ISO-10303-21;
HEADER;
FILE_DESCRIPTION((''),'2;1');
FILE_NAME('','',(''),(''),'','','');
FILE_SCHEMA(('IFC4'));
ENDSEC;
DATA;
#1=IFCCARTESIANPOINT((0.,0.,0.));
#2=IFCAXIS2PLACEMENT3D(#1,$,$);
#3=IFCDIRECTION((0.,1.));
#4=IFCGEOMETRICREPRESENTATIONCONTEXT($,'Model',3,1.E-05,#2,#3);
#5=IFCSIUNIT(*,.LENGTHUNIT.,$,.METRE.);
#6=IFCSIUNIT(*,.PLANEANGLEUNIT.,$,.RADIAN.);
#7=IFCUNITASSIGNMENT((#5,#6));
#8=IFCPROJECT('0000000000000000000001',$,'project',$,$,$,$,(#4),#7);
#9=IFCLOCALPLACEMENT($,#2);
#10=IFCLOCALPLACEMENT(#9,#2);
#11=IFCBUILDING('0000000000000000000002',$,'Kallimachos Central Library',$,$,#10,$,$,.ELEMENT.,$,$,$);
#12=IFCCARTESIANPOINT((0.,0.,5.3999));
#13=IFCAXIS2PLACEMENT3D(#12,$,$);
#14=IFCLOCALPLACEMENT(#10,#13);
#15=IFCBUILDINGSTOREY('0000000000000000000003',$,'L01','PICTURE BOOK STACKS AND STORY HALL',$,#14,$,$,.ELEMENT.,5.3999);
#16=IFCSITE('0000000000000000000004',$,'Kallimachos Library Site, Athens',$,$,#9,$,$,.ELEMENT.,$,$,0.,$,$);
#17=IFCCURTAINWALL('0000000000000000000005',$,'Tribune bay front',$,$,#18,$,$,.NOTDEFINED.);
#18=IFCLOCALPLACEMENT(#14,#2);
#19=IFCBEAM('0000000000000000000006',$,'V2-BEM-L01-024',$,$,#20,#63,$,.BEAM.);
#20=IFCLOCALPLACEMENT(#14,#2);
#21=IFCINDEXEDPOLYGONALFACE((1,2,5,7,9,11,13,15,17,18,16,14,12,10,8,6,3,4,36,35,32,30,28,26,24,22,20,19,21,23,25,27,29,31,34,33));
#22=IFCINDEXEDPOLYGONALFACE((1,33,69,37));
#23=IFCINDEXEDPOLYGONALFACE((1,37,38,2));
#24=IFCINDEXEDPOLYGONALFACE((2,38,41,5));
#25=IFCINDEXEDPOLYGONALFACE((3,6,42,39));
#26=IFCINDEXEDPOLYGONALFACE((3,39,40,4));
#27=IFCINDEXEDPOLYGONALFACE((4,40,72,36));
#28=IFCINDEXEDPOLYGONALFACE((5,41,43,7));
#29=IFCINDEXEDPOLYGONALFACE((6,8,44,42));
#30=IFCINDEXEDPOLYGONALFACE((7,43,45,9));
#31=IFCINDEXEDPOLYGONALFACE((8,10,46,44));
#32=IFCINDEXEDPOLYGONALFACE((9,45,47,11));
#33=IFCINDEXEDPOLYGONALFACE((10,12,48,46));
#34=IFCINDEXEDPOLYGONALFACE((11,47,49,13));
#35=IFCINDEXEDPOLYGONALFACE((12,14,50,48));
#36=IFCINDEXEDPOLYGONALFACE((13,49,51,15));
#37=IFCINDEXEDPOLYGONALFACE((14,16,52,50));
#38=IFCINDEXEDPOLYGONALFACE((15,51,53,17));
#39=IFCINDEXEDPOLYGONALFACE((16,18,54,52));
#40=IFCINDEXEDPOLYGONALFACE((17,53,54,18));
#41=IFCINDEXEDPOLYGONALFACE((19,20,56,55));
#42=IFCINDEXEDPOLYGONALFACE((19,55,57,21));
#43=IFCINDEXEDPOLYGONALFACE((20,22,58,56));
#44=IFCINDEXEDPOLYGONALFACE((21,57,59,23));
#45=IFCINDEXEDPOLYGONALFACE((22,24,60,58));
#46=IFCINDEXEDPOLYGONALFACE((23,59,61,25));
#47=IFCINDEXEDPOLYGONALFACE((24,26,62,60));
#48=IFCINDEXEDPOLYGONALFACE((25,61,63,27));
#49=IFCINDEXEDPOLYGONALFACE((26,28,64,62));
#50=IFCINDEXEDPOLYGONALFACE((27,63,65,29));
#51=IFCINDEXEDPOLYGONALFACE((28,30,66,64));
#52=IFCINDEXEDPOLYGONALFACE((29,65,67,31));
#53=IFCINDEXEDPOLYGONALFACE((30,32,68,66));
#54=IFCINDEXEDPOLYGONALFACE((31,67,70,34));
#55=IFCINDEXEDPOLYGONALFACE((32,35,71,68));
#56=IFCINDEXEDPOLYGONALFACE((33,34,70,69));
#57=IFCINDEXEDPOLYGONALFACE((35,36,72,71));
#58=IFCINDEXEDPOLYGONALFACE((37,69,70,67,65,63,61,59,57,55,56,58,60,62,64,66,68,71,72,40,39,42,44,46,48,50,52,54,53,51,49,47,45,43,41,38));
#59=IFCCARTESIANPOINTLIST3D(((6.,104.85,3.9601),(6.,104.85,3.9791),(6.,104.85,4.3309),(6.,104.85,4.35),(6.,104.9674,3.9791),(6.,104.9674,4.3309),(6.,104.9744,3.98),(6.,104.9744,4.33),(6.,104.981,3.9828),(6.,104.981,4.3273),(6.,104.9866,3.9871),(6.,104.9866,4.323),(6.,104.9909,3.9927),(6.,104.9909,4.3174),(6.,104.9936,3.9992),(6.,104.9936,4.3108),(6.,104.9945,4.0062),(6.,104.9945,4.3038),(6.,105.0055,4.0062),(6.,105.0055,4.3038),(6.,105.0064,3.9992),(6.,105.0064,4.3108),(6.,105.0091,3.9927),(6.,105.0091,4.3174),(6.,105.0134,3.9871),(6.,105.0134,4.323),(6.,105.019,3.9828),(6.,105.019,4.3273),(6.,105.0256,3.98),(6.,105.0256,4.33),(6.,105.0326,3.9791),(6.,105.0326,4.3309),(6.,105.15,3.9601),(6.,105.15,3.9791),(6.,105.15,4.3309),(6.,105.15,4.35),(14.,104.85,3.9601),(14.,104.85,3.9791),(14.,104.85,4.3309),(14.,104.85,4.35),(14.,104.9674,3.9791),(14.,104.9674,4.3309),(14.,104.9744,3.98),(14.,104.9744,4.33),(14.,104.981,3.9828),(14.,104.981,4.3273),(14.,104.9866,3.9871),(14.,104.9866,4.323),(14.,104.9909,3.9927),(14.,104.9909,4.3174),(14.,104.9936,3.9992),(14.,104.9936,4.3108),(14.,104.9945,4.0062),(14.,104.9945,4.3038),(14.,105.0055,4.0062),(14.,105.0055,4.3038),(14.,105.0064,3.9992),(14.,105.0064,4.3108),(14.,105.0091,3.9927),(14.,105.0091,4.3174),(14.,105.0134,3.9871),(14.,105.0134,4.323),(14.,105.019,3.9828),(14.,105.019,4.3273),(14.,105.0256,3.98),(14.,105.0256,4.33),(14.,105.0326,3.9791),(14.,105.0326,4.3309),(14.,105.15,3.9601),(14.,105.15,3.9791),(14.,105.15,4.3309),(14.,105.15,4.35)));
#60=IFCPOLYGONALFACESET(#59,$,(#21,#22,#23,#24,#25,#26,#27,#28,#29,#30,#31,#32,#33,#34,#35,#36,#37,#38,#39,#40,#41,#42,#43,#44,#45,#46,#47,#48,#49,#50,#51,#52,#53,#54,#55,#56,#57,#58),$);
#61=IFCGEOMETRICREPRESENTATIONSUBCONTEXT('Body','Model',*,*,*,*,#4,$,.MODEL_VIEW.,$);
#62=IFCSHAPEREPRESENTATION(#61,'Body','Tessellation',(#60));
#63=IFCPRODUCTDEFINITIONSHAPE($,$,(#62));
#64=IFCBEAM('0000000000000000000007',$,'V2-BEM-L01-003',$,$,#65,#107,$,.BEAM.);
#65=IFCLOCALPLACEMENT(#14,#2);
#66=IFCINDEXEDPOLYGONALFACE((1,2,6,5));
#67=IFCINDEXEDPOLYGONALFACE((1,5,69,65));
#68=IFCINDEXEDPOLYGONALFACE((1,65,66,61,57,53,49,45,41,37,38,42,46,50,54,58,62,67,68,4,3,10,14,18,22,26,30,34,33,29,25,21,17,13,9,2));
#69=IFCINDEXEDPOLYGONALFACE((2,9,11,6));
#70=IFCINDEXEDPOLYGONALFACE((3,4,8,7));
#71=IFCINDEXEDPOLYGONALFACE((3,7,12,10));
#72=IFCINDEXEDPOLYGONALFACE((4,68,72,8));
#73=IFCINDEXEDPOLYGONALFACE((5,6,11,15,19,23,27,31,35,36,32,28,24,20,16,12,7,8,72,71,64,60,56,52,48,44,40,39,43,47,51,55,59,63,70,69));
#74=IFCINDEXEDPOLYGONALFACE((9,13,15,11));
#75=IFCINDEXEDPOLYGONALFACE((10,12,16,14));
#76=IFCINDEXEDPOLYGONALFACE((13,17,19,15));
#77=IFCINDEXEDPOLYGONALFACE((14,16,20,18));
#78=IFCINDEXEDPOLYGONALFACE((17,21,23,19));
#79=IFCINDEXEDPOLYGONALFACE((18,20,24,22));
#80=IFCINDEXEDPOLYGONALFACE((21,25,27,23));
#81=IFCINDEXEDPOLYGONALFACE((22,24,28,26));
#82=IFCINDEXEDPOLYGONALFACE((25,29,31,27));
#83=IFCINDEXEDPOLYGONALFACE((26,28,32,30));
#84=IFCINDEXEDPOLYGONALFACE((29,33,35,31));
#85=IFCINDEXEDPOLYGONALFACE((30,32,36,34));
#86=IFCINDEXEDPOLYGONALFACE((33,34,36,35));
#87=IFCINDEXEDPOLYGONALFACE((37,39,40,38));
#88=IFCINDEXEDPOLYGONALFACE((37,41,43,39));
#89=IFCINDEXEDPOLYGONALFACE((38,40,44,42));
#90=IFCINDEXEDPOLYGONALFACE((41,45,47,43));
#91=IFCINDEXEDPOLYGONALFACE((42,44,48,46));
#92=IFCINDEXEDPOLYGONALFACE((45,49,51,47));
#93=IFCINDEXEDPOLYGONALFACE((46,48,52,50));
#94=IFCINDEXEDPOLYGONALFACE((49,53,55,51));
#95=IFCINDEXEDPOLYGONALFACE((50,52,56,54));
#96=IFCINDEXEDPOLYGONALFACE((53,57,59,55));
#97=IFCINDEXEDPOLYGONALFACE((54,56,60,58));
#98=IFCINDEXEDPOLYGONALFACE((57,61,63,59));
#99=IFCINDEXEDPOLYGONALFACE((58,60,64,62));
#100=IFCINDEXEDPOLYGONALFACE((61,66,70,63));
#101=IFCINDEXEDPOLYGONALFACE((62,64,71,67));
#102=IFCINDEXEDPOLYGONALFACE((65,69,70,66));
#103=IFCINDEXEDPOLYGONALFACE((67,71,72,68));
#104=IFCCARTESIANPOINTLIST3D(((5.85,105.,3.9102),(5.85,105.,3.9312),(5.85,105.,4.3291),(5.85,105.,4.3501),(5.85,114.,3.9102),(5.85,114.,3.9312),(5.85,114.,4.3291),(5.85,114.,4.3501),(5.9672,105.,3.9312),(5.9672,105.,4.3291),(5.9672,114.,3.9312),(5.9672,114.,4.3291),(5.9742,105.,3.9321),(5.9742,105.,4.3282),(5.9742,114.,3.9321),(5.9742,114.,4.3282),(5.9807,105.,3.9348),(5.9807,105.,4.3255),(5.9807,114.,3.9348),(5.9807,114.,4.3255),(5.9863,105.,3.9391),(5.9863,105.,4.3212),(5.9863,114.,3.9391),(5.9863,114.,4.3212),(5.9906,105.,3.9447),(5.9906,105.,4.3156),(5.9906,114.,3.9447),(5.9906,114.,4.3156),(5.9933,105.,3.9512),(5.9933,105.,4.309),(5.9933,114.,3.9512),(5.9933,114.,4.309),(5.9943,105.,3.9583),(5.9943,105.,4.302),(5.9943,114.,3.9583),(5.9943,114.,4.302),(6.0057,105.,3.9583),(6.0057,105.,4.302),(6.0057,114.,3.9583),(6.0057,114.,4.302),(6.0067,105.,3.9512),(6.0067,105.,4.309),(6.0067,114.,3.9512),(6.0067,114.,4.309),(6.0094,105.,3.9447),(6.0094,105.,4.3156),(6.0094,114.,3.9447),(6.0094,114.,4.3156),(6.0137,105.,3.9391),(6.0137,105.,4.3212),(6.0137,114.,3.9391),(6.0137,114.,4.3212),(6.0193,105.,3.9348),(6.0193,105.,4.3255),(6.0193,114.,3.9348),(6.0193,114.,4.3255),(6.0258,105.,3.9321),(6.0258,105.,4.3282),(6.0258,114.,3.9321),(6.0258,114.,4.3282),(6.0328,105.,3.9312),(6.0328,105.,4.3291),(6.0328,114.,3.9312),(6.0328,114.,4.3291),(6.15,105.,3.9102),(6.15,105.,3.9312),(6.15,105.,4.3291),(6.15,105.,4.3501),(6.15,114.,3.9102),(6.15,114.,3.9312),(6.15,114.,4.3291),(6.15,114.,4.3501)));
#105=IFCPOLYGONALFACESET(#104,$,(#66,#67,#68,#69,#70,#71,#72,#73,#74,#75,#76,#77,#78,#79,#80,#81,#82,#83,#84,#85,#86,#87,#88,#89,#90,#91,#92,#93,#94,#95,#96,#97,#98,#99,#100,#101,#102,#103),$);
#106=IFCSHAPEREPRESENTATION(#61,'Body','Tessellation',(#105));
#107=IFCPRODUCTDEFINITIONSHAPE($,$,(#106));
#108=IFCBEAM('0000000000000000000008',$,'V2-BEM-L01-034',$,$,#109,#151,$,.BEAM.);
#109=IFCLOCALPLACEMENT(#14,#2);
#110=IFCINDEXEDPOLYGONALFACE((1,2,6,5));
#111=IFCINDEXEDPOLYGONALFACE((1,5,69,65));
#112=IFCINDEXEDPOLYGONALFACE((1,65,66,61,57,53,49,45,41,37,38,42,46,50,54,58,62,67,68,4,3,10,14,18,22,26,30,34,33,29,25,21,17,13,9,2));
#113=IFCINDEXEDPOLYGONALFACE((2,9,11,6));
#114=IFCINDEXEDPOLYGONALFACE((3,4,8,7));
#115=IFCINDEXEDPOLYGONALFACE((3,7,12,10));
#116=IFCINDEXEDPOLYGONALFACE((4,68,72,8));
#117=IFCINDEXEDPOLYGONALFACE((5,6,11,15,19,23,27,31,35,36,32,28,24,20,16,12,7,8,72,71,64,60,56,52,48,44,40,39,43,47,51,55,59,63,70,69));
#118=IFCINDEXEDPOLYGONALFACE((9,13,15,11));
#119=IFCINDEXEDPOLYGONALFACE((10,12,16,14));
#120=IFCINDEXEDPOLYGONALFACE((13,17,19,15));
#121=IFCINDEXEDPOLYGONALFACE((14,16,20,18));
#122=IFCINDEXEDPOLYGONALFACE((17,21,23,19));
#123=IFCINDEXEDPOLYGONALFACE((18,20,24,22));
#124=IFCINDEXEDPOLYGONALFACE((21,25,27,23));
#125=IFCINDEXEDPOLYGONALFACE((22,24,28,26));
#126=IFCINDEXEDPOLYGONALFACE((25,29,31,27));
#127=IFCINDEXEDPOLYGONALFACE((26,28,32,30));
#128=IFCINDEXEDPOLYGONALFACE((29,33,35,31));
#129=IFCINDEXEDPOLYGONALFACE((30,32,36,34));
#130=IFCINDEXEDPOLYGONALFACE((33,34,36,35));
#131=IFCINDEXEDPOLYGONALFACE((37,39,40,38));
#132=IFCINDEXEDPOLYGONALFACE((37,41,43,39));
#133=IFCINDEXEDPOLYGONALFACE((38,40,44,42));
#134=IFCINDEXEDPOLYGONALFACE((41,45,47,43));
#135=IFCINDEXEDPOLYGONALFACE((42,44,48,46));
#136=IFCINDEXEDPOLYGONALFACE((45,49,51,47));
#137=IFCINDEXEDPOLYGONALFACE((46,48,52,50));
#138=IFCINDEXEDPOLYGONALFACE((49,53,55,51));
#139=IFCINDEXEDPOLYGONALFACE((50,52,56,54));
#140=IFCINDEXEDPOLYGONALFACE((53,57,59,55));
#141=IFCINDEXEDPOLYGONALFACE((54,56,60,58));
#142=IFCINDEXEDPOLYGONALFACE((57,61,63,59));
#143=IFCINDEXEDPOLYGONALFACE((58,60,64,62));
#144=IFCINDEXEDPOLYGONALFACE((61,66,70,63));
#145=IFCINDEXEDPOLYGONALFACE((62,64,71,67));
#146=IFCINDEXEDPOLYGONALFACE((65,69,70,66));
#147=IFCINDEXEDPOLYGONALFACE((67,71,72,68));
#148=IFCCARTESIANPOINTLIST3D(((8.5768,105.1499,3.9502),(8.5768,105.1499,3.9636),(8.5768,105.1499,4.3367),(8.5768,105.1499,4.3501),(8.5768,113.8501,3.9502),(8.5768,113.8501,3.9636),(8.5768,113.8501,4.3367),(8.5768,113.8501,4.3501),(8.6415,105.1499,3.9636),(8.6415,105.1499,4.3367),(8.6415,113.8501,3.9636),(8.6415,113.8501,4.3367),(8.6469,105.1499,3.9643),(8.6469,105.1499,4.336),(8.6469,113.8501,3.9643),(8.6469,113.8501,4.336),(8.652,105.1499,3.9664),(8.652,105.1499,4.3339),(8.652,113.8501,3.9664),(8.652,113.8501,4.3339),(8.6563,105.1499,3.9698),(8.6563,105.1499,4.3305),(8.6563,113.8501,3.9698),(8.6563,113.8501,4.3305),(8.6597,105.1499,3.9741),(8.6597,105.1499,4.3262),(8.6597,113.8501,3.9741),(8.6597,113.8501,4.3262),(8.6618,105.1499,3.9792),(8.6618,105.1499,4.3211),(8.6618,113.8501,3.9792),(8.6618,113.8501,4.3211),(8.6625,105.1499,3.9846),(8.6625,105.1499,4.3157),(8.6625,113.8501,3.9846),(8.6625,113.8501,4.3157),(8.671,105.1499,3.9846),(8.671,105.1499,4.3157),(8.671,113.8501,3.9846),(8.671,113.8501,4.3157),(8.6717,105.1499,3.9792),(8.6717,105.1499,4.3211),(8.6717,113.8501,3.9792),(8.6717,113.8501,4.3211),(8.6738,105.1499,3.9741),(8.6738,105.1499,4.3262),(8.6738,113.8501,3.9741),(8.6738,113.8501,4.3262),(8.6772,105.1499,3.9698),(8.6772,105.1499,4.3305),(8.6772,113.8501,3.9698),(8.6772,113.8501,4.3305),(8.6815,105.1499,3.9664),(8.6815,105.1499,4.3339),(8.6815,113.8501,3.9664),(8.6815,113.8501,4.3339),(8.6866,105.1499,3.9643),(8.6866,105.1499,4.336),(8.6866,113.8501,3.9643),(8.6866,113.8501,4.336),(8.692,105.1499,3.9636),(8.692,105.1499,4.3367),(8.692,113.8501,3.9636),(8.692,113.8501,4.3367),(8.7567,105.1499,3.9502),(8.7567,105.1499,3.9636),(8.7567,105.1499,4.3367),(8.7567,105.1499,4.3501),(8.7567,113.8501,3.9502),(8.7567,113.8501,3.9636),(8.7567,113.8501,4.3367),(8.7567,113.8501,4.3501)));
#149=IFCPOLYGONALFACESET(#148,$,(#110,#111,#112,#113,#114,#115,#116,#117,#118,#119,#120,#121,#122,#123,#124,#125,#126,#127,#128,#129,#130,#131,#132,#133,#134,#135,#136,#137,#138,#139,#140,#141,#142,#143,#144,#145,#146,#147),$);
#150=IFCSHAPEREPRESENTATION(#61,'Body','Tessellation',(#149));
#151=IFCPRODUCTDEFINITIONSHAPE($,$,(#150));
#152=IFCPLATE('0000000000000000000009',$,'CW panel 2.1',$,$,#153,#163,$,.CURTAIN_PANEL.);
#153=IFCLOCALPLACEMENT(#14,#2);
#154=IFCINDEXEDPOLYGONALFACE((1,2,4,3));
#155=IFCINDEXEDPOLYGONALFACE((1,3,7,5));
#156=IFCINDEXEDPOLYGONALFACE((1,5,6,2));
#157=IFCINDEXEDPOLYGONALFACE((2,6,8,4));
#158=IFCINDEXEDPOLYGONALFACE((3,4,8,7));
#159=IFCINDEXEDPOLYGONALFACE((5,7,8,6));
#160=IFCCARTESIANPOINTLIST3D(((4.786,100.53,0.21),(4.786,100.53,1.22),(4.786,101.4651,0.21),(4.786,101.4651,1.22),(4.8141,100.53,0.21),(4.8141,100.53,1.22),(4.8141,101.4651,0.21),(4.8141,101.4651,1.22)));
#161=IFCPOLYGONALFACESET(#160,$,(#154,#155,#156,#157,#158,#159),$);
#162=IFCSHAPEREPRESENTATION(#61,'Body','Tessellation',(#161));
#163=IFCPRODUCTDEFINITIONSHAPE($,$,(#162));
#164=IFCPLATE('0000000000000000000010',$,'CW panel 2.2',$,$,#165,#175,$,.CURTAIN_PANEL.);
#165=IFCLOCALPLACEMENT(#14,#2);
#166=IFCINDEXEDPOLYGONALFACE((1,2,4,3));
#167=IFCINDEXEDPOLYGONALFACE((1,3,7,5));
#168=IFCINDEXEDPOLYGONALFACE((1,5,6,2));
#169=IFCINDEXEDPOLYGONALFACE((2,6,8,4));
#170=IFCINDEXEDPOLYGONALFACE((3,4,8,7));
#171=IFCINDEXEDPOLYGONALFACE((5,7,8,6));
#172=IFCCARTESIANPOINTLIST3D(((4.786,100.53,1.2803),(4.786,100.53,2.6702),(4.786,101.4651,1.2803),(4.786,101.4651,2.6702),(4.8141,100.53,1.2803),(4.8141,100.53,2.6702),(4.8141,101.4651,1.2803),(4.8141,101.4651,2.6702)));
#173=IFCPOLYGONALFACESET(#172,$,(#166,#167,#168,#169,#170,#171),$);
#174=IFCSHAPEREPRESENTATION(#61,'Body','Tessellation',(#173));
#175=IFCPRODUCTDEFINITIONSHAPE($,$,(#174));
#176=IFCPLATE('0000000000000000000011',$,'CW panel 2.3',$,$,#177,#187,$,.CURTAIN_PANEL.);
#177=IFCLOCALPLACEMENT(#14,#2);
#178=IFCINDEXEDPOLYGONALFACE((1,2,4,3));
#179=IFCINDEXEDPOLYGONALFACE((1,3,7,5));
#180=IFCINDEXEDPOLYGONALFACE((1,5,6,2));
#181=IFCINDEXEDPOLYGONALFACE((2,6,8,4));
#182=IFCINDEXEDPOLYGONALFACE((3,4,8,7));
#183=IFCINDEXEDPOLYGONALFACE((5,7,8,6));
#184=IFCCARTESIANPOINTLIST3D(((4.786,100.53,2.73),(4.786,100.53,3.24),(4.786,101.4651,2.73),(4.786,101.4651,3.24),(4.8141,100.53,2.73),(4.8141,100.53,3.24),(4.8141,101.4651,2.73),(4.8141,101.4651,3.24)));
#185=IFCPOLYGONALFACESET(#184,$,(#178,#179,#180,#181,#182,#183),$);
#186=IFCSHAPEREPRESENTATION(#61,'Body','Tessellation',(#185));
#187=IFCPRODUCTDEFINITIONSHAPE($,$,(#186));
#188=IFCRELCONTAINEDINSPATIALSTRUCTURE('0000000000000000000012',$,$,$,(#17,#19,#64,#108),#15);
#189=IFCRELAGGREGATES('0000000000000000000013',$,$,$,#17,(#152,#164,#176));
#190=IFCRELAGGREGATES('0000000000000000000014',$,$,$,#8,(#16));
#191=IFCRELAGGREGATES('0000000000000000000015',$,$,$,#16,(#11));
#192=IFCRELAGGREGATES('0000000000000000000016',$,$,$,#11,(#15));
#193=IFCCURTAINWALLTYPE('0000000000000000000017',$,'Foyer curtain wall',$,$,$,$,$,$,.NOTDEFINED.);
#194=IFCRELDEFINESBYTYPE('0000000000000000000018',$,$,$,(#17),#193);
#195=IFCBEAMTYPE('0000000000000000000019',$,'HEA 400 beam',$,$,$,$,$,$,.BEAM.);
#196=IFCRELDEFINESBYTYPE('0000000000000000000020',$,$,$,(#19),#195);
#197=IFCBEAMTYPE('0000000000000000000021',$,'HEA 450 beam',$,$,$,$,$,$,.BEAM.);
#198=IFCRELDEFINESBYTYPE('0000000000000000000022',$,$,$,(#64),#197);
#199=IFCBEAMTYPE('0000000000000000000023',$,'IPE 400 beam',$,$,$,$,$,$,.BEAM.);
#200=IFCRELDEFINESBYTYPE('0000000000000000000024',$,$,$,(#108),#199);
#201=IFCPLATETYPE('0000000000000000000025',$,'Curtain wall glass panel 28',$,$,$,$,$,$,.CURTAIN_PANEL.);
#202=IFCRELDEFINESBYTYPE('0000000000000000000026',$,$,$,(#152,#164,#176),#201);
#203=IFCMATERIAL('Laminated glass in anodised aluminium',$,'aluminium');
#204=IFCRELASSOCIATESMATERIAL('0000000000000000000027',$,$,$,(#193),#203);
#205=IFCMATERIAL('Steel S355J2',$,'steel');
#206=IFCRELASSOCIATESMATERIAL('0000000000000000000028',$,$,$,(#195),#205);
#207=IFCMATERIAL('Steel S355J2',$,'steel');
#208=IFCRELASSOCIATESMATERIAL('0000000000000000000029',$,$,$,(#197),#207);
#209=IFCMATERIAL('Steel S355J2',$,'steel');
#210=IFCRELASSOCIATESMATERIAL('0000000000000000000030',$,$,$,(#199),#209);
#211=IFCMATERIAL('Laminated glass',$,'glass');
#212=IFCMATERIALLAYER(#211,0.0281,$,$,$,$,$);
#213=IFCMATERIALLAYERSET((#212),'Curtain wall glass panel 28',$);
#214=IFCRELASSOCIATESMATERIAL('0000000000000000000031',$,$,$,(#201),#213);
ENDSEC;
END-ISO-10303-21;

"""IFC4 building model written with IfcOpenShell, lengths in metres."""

from ifc_helpers import new_model, si_unit, direction, frame, origin, origin_2d, place, context, subcontext, project, spatial, rectangle, i_section, extrude, material, layer, layer_set, material_profile, profile_set, type_object, element, aggregate, save


model = new_model("IFC4")

# Units and contexts
model_context = context("Model", 3, precision=1e-05, world=origin(), true_north=direction((0.0, 1.0)))
body_context = subcontext(model_context, "Body", "Model", "MODEL_VIEW")
ifc_project = project(units=[si_unit("LENGTHUNIT", "METRE"), si_unit("PLANEANGLEUNIT", "RADIAN")], contexts=[model_context])

# Site, building, storey
site_placement = place(None, origin())
site = spatial("IfcSite", under=ifc_project, at=site_placement, Name="Kallimachos Library Site, Athens", CompositionType="ELEMENT", RefElevation=0.0)
building_placement = place(site_placement, origin())
building = spatial("IfcBuilding", under=site, at=building_placement, Name="Kallimachos Central Library", CompositionType="ELEMENT")
storey_placement = place(building_placement, frame((0.0, 0.0, 5.3999)))
storey = spatial("IfcBuildingStorey", under=building, at=storey_placement, Name="L01", Description="PICTURE BOOK STACKS AND STORY HALL", CompositionType="ELEMENT", Elevation=5.3999)

# Curtain wall
ifc_material_1 = material(Name="Laminated glass in anodised aluminium", Category="aluminium")
curtain_wall_type = type_object("IfcCurtainWallType", Name="Foyer curtain wall", PredefinedType="NOTDEFINED", material=ifc_material_1)
curtain_wall_1_placement = place(storey_placement, origin())
curtain_wall_1 = element("IfcCurtainWall", 1, at=curtain_wall_1_placement, inside=storey, type_object=curtain_wall_type, Name="Tribune bay front", PredefinedType="NOTDEFINED")

# Beams
ifc_material_2 = material(Name="Steel S355J2", Category="steel")
ifc_material_profile_1 = material_profile(ifc_material_2, i_section(OverallWidth=0.3, OverallDepth=0.3899, WebThickness=0.011, FlangeThickness=0.019, FilletRadius=0.0271, at=origin_2d()), Name="HEA 400")
ifc_profile_set_1 = profile_set([ifc_material_profile_1], Name="Steel S355J2")
beam_type_1 = type_object("IfcBeamType", Name="HEA 400 beam", PredefinedType="BEAM", material=ifc_profile_set_1)
beam_1_placement = place(storey_placement, frame((6.0, 105.0, 4.155), z_axis=(1.0, 0.0, 0.0), x_axis=(0.0, 1.0, 0.0)))
element("IfcBeam", 2, at=beam_1_placement, inside=storey, type_object=beam_type_1, Name="V2-BEM-L01-024", PredefinedType="BEAM", context=body_context, shape_type="SweptSolid", body=[
    extrude(i_section(OverallWidth=0.3, OverallDepth=0.3899, WebThickness=0.011, FlangeThickness=0.019, FilletRadius=0.0271, at=origin_2d()), origin(), (0.0, 0.0, 1.0), 8.0),
])
ifc_material_3 = material(Name="Steel S355J2", Category="steel")
ifc_material_profile_2 = material_profile(ifc_material_3, i_section(OverallWidth=0.3, OverallDepth=0.4399, WebThickness=0.0115, FlangeThickness=0.021, FilletRadius=0.0271, at=origin_2d()), Name="HEA 450")
ifc_profile_set_2 = profile_set([ifc_material_profile_2], Name="Steel S355J2")
beam_type_2 = type_object("IfcBeamType", Name="HEA 450 beam", PredefinedType="BEAM", material=ifc_profile_set_2)
beam_2_placement = place(storey_placement, frame((6.0, 105.0, 4.1301), z_axis=(0.0, 1.0, 0.0), x_axis=(-1.0, 0.0, 0.0)))
element("IfcBeam", 3, at=beam_2_placement, inside=storey, type_object=beam_type_2, Name="V2-BEM-L01-003", PredefinedType="BEAM", context=body_context, shape_type="SweptSolid", body=[
    extrude(i_section(OverallWidth=0.3, OverallDepth=0.4399, WebThickness=0.0115, FlangeThickness=0.021, FilletRadius=0.0271, at=origin_2d()), origin(), (0.0, 0.0, 1.0), 9.0),
])
ifc_material_4 = material(Name="Steel S355J2", Category="steel")
ifc_material_profile_3 = material_profile(ifc_material_4, i_section(OverallWidth=0.1799, OverallDepth=0.3999, WebThickness=0.0085, FlangeThickness=0.0134, FilletRadius=0.021, at=origin_2d()), Name="IPE 400")
ifc_profile_set_3 = profile_set([ifc_material_profile_3], Name="Steel S355J2")
beam_type_3 = type_object("IfcBeamType", Name="IPE 400 beam", PredefinedType="BEAM", material=ifc_profile_set_3)
beam_3_placement = place(storey_placement, frame((8.6667, 105.1499, 4.1501), z_axis=(0.0, 1.0, 0.0), x_axis=(-1.0, 0.0, 0.0)))
element("IfcBeam", 4, at=beam_3_placement, inside=storey, type_object=beam_type_3, Name="V2-BEM-L01-034", PredefinedType="BEAM", context=body_context, shape_type="SweptSolid", body=[
    extrude(i_section(OverallWidth=0.1799, OverallDepth=0.3999, WebThickness=0.0085, FlangeThickness=0.0134, FilletRadius=0.021, at=origin_2d()), origin(), (0.0, 0.0, 1.0), 8.7002),
])

# Plates
ifc_material_5 = material(Name="Laminated glass", Category="glass")
ifc_layer_1 = layer(ifc_material_5, 0.0281)
ifc_layer_set_1 = layer_set([ifc_layer_1], Name="Curtain wall glass panel 28")
plate_type = type_object("IfcPlateType", Name="Curtain wall glass panel 28", PredefinedType="CURTAIN_PANEL", material=ifc_layer_set_1)
plate_1_placement = place(storey_placement, frame((4.8, 100.9976, 0.21), z_axis=(0.0, 0.0, 1.0), x_axis=(0.0, 1.0, 0.0)))
plate_1 = element("IfcPlate", 5, at=plate_1_placement, type_object=plate_type, Name="CW panel 2.1", PredefinedType="CURTAIN_PANEL", context=body_context, shape_type="SweptSolid", body=[
    extrude(rectangle(XDim=0.9351, YDim=0.0281, at=origin_2d()), origin(), (0.0, 0.0, 1.0), 1.01),
])
plate_2_placement = place(storey_placement, frame((4.8, 100.9976, 1.2803), z_axis=(0.0, 0.0, 1.0), x_axis=(0.0, 1.0, 0.0)))
plate_2 = element("IfcPlate", 6, at=plate_2_placement, type_object=plate_type, Name="CW panel 2.2", PredefinedType="CURTAIN_PANEL", context=body_context, shape_type="SweptSolid", body=[
    extrude(rectangle(XDim=0.9351, YDim=0.0281, at=origin_2d()), origin(), (0.0, 0.0, 1.0), 1.3899),
])
plate_3_placement = place(storey_placement, frame((4.8, 100.9976, 2.73), z_axis=(0.0, 0.0, 1.0), x_axis=(0.0, 1.0, 0.0)))
plate_3 = element("IfcPlate", 7, at=plate_3_placement, type_object=plate_type, Name="CW panel 2.3", PredefinedType="CURTAIN_PANEL", context=body_context, shape_type="SweptSolid", body=[
    extrude(rectangle(XDim=0.9351, YDim=0.0281, at=origin_2d()), origin(), (0.0, 0.0, 1.0), 0.51),
])
aggregate(curtain_wall_1, [plate_1, plate_2, plate_3])

save(model, "model.ifc")
